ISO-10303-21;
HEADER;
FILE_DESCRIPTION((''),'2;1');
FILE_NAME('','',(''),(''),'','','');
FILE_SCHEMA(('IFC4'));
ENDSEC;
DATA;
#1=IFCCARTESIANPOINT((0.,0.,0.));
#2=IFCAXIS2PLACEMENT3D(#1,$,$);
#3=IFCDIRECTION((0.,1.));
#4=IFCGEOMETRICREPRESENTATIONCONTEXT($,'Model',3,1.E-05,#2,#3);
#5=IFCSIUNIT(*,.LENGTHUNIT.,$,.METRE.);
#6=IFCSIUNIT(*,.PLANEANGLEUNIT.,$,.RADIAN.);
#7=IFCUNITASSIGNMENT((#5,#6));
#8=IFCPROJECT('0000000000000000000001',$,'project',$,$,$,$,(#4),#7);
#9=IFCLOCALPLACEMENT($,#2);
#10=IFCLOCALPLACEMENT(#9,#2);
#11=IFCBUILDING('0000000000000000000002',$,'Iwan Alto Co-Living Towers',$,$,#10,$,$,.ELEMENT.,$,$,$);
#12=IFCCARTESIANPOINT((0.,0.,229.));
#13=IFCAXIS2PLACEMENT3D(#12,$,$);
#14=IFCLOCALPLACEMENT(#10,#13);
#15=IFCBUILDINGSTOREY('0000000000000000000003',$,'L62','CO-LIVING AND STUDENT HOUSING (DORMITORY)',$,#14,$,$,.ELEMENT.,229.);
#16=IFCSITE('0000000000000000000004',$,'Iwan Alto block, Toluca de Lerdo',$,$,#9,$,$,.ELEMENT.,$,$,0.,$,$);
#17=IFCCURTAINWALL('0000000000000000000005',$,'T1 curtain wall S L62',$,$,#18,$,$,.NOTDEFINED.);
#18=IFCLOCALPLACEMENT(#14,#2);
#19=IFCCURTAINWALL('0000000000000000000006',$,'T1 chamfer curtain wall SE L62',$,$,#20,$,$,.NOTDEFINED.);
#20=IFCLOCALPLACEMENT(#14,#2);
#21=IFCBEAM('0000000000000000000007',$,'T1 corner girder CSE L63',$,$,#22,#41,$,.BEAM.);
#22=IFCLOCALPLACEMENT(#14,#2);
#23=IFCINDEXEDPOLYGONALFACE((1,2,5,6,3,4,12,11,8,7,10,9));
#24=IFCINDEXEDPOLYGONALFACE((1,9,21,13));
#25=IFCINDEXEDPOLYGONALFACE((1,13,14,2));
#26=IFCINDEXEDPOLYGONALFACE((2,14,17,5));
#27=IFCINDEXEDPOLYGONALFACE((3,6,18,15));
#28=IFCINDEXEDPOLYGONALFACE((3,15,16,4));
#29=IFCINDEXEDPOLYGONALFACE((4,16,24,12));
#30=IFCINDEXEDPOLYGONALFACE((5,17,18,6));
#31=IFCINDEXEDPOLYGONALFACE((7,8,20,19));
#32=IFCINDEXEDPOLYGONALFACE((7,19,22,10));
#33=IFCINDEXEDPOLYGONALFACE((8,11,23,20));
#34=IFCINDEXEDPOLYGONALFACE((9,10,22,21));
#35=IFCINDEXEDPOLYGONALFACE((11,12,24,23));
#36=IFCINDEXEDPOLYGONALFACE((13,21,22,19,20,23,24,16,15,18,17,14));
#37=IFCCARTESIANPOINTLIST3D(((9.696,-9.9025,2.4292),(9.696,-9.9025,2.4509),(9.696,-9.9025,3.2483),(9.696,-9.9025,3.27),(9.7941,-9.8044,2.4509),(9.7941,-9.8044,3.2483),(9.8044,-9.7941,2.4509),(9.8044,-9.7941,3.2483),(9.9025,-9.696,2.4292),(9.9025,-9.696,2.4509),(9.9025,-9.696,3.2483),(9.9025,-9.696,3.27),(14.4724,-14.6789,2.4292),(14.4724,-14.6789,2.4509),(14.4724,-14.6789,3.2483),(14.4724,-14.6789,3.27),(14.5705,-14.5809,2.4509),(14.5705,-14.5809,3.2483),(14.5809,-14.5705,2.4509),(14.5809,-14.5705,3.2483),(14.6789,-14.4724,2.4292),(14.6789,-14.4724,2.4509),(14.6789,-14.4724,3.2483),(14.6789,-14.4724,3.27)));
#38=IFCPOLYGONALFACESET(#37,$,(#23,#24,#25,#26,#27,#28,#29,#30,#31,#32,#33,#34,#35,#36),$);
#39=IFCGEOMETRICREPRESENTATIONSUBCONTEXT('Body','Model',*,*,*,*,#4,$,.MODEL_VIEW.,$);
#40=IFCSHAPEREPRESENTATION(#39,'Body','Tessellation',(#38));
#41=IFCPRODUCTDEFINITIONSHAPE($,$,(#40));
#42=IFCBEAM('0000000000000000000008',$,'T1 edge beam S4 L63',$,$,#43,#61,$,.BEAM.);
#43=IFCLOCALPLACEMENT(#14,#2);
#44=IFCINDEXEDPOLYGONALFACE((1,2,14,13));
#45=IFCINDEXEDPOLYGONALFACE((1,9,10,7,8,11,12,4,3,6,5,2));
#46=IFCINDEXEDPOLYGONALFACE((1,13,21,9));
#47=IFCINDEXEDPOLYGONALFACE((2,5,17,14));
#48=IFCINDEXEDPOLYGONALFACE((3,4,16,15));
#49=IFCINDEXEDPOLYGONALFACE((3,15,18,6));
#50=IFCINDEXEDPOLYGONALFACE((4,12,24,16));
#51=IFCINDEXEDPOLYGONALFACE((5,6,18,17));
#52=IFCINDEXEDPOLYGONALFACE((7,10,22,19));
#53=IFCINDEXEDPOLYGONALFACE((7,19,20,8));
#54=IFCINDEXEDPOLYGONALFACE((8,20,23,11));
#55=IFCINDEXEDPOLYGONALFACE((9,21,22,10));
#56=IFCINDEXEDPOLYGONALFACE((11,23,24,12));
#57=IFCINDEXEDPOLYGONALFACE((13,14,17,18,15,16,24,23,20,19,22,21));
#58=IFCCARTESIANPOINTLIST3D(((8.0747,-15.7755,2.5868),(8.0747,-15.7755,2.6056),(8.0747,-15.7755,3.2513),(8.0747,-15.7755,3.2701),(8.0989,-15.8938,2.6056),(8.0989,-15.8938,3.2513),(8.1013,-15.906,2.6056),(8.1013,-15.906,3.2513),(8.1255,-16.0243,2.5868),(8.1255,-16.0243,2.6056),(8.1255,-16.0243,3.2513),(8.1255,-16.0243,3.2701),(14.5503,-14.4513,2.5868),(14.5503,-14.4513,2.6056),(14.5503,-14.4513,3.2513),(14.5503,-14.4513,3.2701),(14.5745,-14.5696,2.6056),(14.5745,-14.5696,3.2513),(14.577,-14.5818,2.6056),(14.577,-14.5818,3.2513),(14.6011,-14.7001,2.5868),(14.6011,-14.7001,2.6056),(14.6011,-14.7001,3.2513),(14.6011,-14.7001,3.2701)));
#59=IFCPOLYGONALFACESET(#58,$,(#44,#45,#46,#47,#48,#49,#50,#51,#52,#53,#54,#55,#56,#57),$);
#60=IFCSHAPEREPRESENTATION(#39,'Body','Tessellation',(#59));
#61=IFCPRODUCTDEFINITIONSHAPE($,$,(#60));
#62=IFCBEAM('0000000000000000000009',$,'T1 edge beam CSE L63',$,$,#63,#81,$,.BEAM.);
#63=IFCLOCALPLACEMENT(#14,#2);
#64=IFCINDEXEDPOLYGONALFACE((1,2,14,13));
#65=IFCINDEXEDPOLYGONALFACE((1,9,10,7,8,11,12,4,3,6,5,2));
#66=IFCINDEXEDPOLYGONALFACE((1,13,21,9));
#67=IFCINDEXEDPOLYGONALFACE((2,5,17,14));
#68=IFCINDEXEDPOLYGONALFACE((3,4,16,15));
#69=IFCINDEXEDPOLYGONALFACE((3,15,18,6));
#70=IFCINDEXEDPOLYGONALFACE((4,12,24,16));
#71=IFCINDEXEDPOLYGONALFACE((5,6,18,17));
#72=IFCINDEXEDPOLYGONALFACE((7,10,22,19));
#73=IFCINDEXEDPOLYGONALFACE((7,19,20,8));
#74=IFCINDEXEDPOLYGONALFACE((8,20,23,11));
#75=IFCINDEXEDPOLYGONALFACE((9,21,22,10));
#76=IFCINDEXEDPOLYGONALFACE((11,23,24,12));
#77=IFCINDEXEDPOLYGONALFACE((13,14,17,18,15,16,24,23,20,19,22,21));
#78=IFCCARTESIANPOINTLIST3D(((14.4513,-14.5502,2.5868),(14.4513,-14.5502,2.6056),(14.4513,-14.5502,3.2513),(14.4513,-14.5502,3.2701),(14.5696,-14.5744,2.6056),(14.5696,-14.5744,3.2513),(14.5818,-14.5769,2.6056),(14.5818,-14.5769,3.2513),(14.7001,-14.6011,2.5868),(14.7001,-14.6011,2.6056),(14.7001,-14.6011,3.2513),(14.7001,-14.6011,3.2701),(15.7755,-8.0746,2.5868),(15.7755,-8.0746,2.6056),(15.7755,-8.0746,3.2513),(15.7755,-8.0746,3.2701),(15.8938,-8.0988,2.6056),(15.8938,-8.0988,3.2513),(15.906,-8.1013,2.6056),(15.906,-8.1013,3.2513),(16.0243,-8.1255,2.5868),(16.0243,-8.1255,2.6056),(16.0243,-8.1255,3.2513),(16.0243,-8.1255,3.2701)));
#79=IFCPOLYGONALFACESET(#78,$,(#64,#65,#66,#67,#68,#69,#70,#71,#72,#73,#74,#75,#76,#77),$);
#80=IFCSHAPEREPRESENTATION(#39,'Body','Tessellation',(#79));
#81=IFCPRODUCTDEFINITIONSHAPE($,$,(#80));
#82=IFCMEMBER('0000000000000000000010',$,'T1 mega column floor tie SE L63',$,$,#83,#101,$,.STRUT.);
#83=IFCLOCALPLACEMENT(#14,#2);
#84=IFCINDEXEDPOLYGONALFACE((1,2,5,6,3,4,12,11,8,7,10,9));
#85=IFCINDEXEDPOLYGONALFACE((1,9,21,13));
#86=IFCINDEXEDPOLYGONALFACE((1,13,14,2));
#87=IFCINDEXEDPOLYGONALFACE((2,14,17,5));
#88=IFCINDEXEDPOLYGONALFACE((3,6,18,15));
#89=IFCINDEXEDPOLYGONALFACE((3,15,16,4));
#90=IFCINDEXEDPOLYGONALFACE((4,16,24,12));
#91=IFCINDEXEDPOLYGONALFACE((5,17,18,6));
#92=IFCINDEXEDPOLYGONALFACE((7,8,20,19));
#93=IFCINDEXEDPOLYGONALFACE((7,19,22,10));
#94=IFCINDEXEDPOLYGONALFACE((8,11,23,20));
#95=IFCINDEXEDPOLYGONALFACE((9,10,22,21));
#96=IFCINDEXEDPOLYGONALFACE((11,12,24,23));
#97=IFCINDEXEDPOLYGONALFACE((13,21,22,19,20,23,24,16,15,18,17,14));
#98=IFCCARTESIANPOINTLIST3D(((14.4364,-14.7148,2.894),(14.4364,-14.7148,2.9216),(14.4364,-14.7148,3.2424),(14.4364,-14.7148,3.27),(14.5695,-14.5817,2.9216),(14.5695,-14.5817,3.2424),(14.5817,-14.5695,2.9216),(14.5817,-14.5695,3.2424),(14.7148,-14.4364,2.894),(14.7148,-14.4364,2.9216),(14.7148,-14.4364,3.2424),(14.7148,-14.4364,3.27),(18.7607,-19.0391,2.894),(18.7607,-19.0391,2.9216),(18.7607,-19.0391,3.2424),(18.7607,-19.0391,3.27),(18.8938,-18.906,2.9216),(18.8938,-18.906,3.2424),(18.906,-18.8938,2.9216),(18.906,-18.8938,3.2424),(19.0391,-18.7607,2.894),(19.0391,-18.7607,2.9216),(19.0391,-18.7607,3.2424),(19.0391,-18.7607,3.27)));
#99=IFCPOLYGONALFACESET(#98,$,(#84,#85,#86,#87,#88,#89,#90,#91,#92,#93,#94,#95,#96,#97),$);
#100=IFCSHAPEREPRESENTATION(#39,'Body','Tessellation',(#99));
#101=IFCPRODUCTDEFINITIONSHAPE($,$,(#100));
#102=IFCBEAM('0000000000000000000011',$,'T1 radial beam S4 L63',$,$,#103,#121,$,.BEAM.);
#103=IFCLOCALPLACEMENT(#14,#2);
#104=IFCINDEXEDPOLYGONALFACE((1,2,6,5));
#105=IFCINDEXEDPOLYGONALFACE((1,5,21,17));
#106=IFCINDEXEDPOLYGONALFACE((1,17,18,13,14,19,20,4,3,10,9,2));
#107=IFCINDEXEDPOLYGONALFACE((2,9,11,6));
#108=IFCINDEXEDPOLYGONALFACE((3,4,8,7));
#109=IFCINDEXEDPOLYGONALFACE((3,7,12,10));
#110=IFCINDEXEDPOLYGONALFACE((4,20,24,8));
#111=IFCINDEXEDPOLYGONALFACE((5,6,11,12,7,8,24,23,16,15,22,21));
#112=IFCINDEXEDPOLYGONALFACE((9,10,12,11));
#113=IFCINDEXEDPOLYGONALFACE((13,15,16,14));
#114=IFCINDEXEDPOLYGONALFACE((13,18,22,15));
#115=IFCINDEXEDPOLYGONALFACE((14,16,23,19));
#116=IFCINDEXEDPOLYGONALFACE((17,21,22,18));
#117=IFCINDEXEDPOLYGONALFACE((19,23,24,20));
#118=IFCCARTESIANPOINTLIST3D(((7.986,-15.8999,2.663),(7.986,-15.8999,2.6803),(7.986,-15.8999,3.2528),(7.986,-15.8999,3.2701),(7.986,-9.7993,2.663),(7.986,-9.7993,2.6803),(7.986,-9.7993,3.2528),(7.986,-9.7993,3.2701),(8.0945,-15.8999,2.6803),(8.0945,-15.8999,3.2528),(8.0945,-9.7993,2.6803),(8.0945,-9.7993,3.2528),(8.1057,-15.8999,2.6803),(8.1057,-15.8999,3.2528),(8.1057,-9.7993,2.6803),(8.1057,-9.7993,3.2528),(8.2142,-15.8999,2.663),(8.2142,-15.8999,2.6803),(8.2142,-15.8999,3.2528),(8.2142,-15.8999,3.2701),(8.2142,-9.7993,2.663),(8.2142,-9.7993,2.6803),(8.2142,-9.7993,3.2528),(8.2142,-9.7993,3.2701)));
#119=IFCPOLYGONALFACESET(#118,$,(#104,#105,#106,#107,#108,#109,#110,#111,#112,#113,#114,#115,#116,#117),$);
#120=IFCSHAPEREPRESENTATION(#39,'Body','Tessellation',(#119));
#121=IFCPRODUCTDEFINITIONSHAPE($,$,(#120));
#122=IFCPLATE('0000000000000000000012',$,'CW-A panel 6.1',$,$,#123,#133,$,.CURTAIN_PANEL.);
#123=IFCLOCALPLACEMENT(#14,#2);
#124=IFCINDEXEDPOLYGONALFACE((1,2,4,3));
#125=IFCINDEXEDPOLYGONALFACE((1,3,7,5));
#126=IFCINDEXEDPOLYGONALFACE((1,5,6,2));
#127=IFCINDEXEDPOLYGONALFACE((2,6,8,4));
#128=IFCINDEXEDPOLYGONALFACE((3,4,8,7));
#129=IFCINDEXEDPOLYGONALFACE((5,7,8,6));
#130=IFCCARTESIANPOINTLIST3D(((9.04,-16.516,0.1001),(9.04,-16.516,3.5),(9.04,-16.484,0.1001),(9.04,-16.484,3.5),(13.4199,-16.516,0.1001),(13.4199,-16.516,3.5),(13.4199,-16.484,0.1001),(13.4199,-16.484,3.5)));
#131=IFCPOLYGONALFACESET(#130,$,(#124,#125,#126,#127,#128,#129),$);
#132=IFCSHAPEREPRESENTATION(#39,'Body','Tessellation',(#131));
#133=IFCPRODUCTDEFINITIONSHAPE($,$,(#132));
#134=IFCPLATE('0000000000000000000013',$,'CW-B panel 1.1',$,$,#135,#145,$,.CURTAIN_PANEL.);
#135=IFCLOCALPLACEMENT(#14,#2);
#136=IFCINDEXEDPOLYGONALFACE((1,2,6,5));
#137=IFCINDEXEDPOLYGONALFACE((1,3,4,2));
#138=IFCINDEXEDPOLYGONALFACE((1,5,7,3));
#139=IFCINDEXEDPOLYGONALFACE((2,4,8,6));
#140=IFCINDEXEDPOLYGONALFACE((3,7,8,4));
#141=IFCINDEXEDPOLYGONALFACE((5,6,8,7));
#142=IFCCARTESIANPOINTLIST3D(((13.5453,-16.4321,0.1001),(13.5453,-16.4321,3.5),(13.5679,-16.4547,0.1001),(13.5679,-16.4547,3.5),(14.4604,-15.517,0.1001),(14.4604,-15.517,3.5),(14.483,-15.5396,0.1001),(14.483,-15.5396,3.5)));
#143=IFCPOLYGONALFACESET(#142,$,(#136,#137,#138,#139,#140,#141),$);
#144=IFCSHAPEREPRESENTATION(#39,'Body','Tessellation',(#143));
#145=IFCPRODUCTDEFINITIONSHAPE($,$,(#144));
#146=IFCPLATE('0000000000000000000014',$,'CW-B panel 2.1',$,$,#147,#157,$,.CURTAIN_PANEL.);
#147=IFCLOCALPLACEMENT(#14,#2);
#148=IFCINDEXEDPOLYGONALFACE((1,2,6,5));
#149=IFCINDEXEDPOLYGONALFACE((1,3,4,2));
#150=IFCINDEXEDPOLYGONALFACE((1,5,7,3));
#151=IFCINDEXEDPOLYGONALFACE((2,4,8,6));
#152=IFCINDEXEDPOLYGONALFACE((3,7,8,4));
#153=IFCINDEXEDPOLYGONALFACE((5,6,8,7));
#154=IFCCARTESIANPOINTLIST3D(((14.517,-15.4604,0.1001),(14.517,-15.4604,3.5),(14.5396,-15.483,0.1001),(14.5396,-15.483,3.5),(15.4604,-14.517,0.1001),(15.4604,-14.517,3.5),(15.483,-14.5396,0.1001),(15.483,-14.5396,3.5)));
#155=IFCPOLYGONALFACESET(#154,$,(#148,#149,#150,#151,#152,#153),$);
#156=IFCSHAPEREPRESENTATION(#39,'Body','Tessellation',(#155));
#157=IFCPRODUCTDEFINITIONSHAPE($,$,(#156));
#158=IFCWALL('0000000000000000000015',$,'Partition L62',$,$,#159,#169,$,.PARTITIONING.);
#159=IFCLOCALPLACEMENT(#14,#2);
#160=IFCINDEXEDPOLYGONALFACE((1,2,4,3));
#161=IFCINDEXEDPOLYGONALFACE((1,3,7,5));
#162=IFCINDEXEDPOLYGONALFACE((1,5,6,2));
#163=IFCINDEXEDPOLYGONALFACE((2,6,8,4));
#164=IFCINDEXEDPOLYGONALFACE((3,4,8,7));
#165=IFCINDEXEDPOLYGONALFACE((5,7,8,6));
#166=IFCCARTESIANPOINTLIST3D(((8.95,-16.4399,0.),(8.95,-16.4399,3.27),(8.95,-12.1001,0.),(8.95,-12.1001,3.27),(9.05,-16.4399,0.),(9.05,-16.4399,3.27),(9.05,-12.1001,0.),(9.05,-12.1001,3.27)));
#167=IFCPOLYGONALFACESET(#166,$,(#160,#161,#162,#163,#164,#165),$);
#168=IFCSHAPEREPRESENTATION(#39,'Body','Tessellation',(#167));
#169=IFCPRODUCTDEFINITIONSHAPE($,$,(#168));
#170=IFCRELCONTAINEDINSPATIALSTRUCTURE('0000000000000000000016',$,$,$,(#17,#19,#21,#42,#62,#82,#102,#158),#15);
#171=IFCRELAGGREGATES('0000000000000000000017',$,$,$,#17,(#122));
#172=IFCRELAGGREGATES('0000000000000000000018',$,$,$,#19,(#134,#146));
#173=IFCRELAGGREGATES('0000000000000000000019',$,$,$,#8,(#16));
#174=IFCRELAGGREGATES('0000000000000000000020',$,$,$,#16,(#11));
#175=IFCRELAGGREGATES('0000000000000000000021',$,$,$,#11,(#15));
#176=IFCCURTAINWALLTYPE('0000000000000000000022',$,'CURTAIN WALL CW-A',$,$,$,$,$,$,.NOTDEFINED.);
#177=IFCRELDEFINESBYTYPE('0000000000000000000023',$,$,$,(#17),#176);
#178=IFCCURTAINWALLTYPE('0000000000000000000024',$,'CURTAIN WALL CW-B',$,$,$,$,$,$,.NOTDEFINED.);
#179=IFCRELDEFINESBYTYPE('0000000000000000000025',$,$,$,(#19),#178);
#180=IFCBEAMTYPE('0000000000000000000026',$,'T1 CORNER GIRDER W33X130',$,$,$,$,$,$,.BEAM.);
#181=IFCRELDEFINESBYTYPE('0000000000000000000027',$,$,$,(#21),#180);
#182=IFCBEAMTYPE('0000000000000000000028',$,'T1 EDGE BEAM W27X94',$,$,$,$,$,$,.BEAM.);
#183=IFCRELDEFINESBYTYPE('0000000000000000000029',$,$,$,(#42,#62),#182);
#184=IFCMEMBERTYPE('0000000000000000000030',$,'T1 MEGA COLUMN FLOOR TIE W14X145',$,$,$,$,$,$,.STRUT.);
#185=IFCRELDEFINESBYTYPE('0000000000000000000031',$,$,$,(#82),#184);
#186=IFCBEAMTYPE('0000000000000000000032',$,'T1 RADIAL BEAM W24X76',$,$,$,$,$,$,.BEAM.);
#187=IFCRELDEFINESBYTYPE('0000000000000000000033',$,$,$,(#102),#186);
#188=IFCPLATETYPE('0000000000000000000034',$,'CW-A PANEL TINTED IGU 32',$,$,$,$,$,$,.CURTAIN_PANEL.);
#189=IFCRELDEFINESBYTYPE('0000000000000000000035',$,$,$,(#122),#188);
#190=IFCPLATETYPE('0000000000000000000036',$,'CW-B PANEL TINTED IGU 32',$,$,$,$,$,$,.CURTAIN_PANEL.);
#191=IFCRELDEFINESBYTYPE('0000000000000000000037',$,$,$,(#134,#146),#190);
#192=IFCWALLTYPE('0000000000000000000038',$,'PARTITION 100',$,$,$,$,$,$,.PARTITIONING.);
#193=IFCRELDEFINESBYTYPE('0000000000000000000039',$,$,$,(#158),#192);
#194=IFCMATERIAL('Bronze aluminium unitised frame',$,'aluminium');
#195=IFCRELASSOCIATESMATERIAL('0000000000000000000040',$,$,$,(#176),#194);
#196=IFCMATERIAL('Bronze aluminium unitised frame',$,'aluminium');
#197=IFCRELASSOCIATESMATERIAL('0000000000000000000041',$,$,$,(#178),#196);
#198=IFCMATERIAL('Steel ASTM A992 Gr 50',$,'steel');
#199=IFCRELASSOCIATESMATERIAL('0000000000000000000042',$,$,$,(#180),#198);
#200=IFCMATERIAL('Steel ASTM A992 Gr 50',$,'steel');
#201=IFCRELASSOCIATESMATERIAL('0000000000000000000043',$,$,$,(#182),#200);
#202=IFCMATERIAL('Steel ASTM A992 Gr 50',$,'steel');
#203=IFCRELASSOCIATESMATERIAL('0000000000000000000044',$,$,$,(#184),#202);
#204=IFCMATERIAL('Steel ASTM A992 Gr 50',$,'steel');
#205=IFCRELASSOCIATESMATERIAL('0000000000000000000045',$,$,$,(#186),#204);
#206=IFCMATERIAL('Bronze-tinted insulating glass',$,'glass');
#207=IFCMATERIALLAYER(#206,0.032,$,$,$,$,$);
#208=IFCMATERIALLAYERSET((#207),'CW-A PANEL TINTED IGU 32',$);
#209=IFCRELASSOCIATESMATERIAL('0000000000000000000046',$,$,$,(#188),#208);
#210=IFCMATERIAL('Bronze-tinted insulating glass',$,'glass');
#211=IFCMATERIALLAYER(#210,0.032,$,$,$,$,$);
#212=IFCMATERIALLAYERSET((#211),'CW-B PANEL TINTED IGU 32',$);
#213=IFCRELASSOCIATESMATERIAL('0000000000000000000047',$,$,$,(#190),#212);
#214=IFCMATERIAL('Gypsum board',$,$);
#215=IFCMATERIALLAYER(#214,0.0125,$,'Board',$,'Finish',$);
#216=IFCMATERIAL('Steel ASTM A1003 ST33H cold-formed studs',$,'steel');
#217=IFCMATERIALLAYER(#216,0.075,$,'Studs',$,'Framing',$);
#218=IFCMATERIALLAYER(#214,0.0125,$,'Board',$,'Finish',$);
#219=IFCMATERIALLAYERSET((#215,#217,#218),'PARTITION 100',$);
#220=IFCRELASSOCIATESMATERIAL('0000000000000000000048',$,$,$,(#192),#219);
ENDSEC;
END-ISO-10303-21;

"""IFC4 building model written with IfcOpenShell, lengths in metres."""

from ifc_helpers import new_model, si_unit, direction, frame, frame_2d, origin, origin_2d, place, context, subcontext, project, spatial, rectangle, i_section, extrude, material, layer, layer_set, material_profile, profile_set, type_object, element, aggregate, save


model = new_model("IFC4")

# Units and contexts
model_context = context("Model", 3, precision=1e-05, world=origin(), true_north=direction((0.0, 1.0)))
body_context = subcontext(model_context, "Body", "Model", "MODEL_VIEW")
ifc_project = project(units=[si_unit("LENGTHUNIT", "METRE"), si_unit("PLANEANGLEUNIT", "RADIAN")], contexts=[model_context])

# Site, building, storey
site_placement = place(None, origin())
site = spatial("IfcSite", under=ifc_project, at=site_placement, Name="Iwan Alto block, Toluca de Lerdo", CompositionType="ELEMENT", RefElevation=0.0)
building_placement = place(site_placement, origin())
building = spatial("IfcBuilding", under=site, at=building_placement, Name="Iwan Alto Co-Living Towers", CompositionType="ELEMENT")
storey_placement = place(building_placement, frame((0.0, 0.0, 229.0)))
storey = spatial("IfcBuildingStorey", under=building, at=storey_placement, Name="L62", Description="CO-LIVING AND STUDENT HOUSING (DORMITORY)", CompositionType="ELEMENT", Elevation=229.0)

# Curtain walls
ifc_material_1 = material(Name="Bronze aluminium unitised frame", Category="aluminium")
curtain_wall_type_1 = type_object("IfcCurtainWallType", Name="CURTAIN WALL CW-A", PredefinedType="NOTDEFINED", material=ifc_material_1)
curtain_wall_1_placement = place(storey_placement, origin())
curtain_wall_1 = element("IfcCurtainWall", 1, at=curtain_wall_1_placement, inside=storey, type_object=curtain_wall_type_1, Name="T1 curtain wall S L62", PredefinedType="NOTDEFINED")
ifc_material_2 = material(Name="Bronze aluminium unitised frame", Category="aluminium")
curtain_wall_type_2 = type_object("IfcCurtainWallType", Name="CURTAIN WALL CW-B", PredefinedType="NOTDEFINED", material=ifc_material_2)
curtain_wall_2_placement = place(storey_placement, origin())
curtain_wall_2 = element("IfcCurtainWall", 2, at=curtain_wall_2_placement, inside=storey, type_object=curtain_wall_type_2, Name="T1 chamfer curtain wall SE L62", PredefinedType="NOTDEFINED")

# Beams
ifc_material_3 = material(Name="Steel ASTM A992 Gr 50", Category="steel")
ifc_material_profile_1 = material_profile(ifc_material_3, i_section(OverallWidth=0.292, OverallDepth=0.8408, WebThickness=0.0146, FlangeThickness=0.0217, at=origin_2d()), Name="W33X130")
ifc_profile_set_1 = profile_set([ifc_material_profile_1], Name="Steel ASTM A992 Gr 50")
beam_type_1 = type_object("IfcBeamType", Name="T1 CORNER GIRDER W33X130", PredefinedType="BEAM", material=ifc_profile_set_1)
beam_1_placement = place(storey_placement, frame((14.5757, -14.5757, 2.8496), z_axis=(-0.707107, 0.707107, 0.0), x_axis=(-0.707107, -0.707107, 0.0)))
element("IfcBeam", 3, at=beam_1_placement, inside=storey, type_object=beam_type_1, Name="T1 corner girder CSE L63", PredefinedType="BEAM", context=body_context, shape_type="SweptSolid", body=[
    extrude(i_section(OverallWidth=0.292, OverallDepth=0.8408, WebThickness=0.0146, FlangeThickness=0.0217, at=origin_2d()), origin(), (0.0, 0.0, 1.0), 6.7549),
])
ifc_material_4 = material(Name="Steel ASTM A992 Gr 50", Category="steel")
ifc_material_profile_2 = material_profile(ifc_material_4, i_section(OverallWidth=0.2539, OverallDepth=0.6833, WebThickness=0.0125, FlangeThickness=0.0188, at=origin_2d()), Name="W27X94")
ifc_profile_set_2 = profile_set([ifc_material_profile_2], Name="Steel ASTM A992 Gr 50")
beam_type_2 = type_object("IfcBeamType", Name="T1 EDGE BEAM W27X94", PredefinedType="BEAM", material=ifc_profile_set_2)
for number, where, z_axis, x_axis, name in (
    (4, (8.1001, -15.8999, 2.9285), (0.979725, 0.200348, 0.0), (-0.200348, 0.979725, 0.0), "T1 edge beam S4 L63"),
    (5, (14.5757, -14.5757, 2.9285), (0.200348, 0.979725, 0.0), (-0.979725, 0.200348, 0.0), "T1 edge beam CSE L63"),
):
    element("IfcBeam", number, at=place(storey_placement, frame(where, z_axis=z_axis, x_axis=x_axis)), inside=storey, type_object=beam_type_2, Name=name, PredefinedType="BEAM", context=body_context, shape_type="SweptSolid", body=[
        extrude(i_section(OverallWidth=0.2539, OverallDepth=0.6833, WebThickness=0.0125, FlangeThickness=0.0188, at=origin_2d()), origin(), (0.0, 0.0, 1.0), 6.6096),
    ])

# Member
ifc_material_5 = material(Name="Steel ASTM A992 Gr 50", Category="steel")
ifc_material_profile_3 = material_profile(ifc_material_5, i_section(OverallWidth=0.3938, OverallDepth=0.376, WebThickness=0.0173, FlangeThickness=0.0276, at=origin_2d()), Name="W14X145")
ifc_profile_set_3 = profile_set([ifc_material_profile_3], Name="Steel ASTM A992 Gr 50")
member_type_1 = type_object("IfcMemberType", Name="T1 MEGA COLUMN FLOOR TIE W14X145", PredefinedType="STRUT", material=ifc_profile_set_3)
member_1_placement = place(storey_placement, frame((18.8999, -18.8999, 3.082), z_axis=(-0.707107, 0.707107, 0.0), x_axis=(-0.707107, -0.707107, 0.0)))
element("IfcMember", 6, at=member_1_placement, inside=storey, type_object=member_type_1, Name="T1 mega column floor tie SE L63", PredefinedType="STRUT", context=body_context, shape_type="SweptSolid", body=[
    extrude(i_section(OverallWidth=0.3938, OverallDepth=0.376, WebThickness=0.0173, FlangeThickness=0.0276, at=origin_2d()), origin(), (0.0, 0.0, 1.0), 6.1155),
])

# Beam
ifc_material_6 = material(Name="Steel ASTM A992 Gr 50", Category="steel")
ifc_material_profile_4 = material_profile(ifc_material_6, i_section(OverallWidth=0.2283, OverallDepth=0.6072, WebThickness=0.0112, FlangeThickness=0.0173, at=origin_2d()), Name="W24X76")
ifc_profile_set_4 = profile_set([ifc_material_profile_4], Name="Steel ASTM A992 Gr 50")
beam_type_3 = type_object("IfcBeamType", Name="T1 RADIAL BEAM W24X76", PredefinedType="BEAM", material=ifc_profile_set_4)
beam_2_placement = place(storey_placement, frame((8.1001, -15.8999, 2.9666), z_axis=(0.0, 1.0, 0.0), x_axis=(-1.0, 0.0, 0.0)))
element("IfcBeam", 7, at=beam_2_placement, inside=storey, type_object=beam_type_3, Name="T1 radial beam S4 L63", PredefinedType="BEAM", context=body_context, shape_type="SweptSolid", body=[
    extrude(i_section(OverallWidth=0.2283, OverallDepth=0.6072, WebThickness=0.0112, FlangeThickness=0.0173, at=origin_2d()), origin(), (0.0, 0.0, 1.0), 6.1006),
])

# Plates
ifc_material_7 = material(Name="Bronze-tinted insulating glass", Category="glass")
ifc_layer_1 = layer(ifc_material_7, 0.032)
ifc_layer_set_1 = layer_set([ifc_layer_1], Name="CW-A PANEL TINTED IGU 32")
plate_type_1 = type_object("IfcPlateType", Name="CW-A PANEL TINTED IGU 32", PredefinedType="CURTAIN_PANEL", material=ifc_layer_set_1)
plate_1_placement = place(storey_placement, frame((11.23, -16.5, 0.1001), z_axis=(0.0, 0.0, 1.0), x_axis=(1.0, 0.0, 0.0)))
plate_1 = element("IfcPlate", 8, at=plate_1_placement, type_object=plate_type_1, Name="CW-A panel 6.1", PredefinedType="CURTAIN_PANEL", context=body_context, shape_type="SweptSolid", body=[
    extrude(rectangle(XDim=4.3799, YDim=0.032, at=origin_2d()), origin(), (0.0, 0.0, 1.0), 3.3999),
])
aggregate(curtain_wall_1, [plate_1])
ifc_material_8 = material(Name="Bronze-tinted insulating glass", Category="glass")
ifc_layer_2 = layer(ifc_material_8, 0.032)
ifc_layer_set_2 = layer_set([ifc_layer_2], Name="CW-B PANEL TINTED IGU 32")
plate_type_2 = type_object("IfcPlateType", Name="CW-B PANEL TINTED IGU 32", PredefinedType="CURTAIN_PANEL", material=ifc_layer_set_2)
plate_2_placement = place(storey_placement, frame((14.0142, -15.9858, 0.1001), z_axis=(0.0, 0.0, 1.0), x_axis=(0.707107, 0.707107, 0.0)))
plate_2 = element("IfcPlate", 9, at=plate_2_placement, type_object=plate_type_2, Name="CW-B panel 1.1", PredefinedType="CURTAIN_PANEL", context=body_context, shape_type="SweptSolid", body=[
    extrude(rectangle(XDim=1.2942, YDim=0.032, at=origin_2d()), origin(), (0.0, 0.0, 1.0), 3.3999),
])
plate_3_placement = place(storey_placement, frame((15.0, -15.0, 0.1001), z_axis=(0.0, 0.0, 1.0), x_axis=(0.707107, 0.707107, 0.0)))
plate_3 = element("IfcPlate", 10, at=plate_3_placement, type_object=plate_type_2, Name="CW-B panel 2.1", PredefinedType="CURTAIN_PANEL", context=body_context, shape_type="SweptSolid", body=[
    extrude(rectangle(XDim=1.3342, YDim=0.032, at=origin_2d()), origin(), (0.0, 0.0, 1.0), 3.3999),
])
aggregate(curtain_wall_2, [plate_2, plate_3])

# Wall
ifc_material_9 = material(Name="Gypsum board")
ifc_layer_3 = layer(ifc_material_9, 0.0125, Name="Board", Category="Finish")
ifc_material_10 = material(Name="Steel ASTM A1003 ST33H cold-formed studs", Category="steel")
ifc_layer_4 = layer(ifc_material_10, 0.075, Name="Studs", Category="Framing")
ifc_layer_5 = layer(ifc_material_9, 0.0125, Name="Board", Category="Finish")
ifc_layer_set_3 = layer_set([ifc_layer_3, ifc_layer_4, ifc_layer_5], Name="PARTITION 100")
wall_type = type_object("IfcWallType", Name="PARTITION 100", PredefinedType="PARTITIONING", material=ifc_layer_set_3)
wall_placement = place(storey_placement, frame((9.0, -16.4399, 0.0), z_axis=(0.0, 0.0, 1.0), x_axis=(0.0, 1.0, 0.0)))
element("IfcWall", 11, at=wall_placement, inside=storey, type_object=wall_type, Name="Partition L62", PredefinedType="PARTITIONING", context=body_context, shape_type="SweptSolid", body=[
    extrude(rectangle(XDim=4.3398, YDim=0.1001, at=frame_2d((2.1699, 0.0))), origin(), (0.0, 0.0, 1.0), 3.27),
])

save(model, "model.ifc")
